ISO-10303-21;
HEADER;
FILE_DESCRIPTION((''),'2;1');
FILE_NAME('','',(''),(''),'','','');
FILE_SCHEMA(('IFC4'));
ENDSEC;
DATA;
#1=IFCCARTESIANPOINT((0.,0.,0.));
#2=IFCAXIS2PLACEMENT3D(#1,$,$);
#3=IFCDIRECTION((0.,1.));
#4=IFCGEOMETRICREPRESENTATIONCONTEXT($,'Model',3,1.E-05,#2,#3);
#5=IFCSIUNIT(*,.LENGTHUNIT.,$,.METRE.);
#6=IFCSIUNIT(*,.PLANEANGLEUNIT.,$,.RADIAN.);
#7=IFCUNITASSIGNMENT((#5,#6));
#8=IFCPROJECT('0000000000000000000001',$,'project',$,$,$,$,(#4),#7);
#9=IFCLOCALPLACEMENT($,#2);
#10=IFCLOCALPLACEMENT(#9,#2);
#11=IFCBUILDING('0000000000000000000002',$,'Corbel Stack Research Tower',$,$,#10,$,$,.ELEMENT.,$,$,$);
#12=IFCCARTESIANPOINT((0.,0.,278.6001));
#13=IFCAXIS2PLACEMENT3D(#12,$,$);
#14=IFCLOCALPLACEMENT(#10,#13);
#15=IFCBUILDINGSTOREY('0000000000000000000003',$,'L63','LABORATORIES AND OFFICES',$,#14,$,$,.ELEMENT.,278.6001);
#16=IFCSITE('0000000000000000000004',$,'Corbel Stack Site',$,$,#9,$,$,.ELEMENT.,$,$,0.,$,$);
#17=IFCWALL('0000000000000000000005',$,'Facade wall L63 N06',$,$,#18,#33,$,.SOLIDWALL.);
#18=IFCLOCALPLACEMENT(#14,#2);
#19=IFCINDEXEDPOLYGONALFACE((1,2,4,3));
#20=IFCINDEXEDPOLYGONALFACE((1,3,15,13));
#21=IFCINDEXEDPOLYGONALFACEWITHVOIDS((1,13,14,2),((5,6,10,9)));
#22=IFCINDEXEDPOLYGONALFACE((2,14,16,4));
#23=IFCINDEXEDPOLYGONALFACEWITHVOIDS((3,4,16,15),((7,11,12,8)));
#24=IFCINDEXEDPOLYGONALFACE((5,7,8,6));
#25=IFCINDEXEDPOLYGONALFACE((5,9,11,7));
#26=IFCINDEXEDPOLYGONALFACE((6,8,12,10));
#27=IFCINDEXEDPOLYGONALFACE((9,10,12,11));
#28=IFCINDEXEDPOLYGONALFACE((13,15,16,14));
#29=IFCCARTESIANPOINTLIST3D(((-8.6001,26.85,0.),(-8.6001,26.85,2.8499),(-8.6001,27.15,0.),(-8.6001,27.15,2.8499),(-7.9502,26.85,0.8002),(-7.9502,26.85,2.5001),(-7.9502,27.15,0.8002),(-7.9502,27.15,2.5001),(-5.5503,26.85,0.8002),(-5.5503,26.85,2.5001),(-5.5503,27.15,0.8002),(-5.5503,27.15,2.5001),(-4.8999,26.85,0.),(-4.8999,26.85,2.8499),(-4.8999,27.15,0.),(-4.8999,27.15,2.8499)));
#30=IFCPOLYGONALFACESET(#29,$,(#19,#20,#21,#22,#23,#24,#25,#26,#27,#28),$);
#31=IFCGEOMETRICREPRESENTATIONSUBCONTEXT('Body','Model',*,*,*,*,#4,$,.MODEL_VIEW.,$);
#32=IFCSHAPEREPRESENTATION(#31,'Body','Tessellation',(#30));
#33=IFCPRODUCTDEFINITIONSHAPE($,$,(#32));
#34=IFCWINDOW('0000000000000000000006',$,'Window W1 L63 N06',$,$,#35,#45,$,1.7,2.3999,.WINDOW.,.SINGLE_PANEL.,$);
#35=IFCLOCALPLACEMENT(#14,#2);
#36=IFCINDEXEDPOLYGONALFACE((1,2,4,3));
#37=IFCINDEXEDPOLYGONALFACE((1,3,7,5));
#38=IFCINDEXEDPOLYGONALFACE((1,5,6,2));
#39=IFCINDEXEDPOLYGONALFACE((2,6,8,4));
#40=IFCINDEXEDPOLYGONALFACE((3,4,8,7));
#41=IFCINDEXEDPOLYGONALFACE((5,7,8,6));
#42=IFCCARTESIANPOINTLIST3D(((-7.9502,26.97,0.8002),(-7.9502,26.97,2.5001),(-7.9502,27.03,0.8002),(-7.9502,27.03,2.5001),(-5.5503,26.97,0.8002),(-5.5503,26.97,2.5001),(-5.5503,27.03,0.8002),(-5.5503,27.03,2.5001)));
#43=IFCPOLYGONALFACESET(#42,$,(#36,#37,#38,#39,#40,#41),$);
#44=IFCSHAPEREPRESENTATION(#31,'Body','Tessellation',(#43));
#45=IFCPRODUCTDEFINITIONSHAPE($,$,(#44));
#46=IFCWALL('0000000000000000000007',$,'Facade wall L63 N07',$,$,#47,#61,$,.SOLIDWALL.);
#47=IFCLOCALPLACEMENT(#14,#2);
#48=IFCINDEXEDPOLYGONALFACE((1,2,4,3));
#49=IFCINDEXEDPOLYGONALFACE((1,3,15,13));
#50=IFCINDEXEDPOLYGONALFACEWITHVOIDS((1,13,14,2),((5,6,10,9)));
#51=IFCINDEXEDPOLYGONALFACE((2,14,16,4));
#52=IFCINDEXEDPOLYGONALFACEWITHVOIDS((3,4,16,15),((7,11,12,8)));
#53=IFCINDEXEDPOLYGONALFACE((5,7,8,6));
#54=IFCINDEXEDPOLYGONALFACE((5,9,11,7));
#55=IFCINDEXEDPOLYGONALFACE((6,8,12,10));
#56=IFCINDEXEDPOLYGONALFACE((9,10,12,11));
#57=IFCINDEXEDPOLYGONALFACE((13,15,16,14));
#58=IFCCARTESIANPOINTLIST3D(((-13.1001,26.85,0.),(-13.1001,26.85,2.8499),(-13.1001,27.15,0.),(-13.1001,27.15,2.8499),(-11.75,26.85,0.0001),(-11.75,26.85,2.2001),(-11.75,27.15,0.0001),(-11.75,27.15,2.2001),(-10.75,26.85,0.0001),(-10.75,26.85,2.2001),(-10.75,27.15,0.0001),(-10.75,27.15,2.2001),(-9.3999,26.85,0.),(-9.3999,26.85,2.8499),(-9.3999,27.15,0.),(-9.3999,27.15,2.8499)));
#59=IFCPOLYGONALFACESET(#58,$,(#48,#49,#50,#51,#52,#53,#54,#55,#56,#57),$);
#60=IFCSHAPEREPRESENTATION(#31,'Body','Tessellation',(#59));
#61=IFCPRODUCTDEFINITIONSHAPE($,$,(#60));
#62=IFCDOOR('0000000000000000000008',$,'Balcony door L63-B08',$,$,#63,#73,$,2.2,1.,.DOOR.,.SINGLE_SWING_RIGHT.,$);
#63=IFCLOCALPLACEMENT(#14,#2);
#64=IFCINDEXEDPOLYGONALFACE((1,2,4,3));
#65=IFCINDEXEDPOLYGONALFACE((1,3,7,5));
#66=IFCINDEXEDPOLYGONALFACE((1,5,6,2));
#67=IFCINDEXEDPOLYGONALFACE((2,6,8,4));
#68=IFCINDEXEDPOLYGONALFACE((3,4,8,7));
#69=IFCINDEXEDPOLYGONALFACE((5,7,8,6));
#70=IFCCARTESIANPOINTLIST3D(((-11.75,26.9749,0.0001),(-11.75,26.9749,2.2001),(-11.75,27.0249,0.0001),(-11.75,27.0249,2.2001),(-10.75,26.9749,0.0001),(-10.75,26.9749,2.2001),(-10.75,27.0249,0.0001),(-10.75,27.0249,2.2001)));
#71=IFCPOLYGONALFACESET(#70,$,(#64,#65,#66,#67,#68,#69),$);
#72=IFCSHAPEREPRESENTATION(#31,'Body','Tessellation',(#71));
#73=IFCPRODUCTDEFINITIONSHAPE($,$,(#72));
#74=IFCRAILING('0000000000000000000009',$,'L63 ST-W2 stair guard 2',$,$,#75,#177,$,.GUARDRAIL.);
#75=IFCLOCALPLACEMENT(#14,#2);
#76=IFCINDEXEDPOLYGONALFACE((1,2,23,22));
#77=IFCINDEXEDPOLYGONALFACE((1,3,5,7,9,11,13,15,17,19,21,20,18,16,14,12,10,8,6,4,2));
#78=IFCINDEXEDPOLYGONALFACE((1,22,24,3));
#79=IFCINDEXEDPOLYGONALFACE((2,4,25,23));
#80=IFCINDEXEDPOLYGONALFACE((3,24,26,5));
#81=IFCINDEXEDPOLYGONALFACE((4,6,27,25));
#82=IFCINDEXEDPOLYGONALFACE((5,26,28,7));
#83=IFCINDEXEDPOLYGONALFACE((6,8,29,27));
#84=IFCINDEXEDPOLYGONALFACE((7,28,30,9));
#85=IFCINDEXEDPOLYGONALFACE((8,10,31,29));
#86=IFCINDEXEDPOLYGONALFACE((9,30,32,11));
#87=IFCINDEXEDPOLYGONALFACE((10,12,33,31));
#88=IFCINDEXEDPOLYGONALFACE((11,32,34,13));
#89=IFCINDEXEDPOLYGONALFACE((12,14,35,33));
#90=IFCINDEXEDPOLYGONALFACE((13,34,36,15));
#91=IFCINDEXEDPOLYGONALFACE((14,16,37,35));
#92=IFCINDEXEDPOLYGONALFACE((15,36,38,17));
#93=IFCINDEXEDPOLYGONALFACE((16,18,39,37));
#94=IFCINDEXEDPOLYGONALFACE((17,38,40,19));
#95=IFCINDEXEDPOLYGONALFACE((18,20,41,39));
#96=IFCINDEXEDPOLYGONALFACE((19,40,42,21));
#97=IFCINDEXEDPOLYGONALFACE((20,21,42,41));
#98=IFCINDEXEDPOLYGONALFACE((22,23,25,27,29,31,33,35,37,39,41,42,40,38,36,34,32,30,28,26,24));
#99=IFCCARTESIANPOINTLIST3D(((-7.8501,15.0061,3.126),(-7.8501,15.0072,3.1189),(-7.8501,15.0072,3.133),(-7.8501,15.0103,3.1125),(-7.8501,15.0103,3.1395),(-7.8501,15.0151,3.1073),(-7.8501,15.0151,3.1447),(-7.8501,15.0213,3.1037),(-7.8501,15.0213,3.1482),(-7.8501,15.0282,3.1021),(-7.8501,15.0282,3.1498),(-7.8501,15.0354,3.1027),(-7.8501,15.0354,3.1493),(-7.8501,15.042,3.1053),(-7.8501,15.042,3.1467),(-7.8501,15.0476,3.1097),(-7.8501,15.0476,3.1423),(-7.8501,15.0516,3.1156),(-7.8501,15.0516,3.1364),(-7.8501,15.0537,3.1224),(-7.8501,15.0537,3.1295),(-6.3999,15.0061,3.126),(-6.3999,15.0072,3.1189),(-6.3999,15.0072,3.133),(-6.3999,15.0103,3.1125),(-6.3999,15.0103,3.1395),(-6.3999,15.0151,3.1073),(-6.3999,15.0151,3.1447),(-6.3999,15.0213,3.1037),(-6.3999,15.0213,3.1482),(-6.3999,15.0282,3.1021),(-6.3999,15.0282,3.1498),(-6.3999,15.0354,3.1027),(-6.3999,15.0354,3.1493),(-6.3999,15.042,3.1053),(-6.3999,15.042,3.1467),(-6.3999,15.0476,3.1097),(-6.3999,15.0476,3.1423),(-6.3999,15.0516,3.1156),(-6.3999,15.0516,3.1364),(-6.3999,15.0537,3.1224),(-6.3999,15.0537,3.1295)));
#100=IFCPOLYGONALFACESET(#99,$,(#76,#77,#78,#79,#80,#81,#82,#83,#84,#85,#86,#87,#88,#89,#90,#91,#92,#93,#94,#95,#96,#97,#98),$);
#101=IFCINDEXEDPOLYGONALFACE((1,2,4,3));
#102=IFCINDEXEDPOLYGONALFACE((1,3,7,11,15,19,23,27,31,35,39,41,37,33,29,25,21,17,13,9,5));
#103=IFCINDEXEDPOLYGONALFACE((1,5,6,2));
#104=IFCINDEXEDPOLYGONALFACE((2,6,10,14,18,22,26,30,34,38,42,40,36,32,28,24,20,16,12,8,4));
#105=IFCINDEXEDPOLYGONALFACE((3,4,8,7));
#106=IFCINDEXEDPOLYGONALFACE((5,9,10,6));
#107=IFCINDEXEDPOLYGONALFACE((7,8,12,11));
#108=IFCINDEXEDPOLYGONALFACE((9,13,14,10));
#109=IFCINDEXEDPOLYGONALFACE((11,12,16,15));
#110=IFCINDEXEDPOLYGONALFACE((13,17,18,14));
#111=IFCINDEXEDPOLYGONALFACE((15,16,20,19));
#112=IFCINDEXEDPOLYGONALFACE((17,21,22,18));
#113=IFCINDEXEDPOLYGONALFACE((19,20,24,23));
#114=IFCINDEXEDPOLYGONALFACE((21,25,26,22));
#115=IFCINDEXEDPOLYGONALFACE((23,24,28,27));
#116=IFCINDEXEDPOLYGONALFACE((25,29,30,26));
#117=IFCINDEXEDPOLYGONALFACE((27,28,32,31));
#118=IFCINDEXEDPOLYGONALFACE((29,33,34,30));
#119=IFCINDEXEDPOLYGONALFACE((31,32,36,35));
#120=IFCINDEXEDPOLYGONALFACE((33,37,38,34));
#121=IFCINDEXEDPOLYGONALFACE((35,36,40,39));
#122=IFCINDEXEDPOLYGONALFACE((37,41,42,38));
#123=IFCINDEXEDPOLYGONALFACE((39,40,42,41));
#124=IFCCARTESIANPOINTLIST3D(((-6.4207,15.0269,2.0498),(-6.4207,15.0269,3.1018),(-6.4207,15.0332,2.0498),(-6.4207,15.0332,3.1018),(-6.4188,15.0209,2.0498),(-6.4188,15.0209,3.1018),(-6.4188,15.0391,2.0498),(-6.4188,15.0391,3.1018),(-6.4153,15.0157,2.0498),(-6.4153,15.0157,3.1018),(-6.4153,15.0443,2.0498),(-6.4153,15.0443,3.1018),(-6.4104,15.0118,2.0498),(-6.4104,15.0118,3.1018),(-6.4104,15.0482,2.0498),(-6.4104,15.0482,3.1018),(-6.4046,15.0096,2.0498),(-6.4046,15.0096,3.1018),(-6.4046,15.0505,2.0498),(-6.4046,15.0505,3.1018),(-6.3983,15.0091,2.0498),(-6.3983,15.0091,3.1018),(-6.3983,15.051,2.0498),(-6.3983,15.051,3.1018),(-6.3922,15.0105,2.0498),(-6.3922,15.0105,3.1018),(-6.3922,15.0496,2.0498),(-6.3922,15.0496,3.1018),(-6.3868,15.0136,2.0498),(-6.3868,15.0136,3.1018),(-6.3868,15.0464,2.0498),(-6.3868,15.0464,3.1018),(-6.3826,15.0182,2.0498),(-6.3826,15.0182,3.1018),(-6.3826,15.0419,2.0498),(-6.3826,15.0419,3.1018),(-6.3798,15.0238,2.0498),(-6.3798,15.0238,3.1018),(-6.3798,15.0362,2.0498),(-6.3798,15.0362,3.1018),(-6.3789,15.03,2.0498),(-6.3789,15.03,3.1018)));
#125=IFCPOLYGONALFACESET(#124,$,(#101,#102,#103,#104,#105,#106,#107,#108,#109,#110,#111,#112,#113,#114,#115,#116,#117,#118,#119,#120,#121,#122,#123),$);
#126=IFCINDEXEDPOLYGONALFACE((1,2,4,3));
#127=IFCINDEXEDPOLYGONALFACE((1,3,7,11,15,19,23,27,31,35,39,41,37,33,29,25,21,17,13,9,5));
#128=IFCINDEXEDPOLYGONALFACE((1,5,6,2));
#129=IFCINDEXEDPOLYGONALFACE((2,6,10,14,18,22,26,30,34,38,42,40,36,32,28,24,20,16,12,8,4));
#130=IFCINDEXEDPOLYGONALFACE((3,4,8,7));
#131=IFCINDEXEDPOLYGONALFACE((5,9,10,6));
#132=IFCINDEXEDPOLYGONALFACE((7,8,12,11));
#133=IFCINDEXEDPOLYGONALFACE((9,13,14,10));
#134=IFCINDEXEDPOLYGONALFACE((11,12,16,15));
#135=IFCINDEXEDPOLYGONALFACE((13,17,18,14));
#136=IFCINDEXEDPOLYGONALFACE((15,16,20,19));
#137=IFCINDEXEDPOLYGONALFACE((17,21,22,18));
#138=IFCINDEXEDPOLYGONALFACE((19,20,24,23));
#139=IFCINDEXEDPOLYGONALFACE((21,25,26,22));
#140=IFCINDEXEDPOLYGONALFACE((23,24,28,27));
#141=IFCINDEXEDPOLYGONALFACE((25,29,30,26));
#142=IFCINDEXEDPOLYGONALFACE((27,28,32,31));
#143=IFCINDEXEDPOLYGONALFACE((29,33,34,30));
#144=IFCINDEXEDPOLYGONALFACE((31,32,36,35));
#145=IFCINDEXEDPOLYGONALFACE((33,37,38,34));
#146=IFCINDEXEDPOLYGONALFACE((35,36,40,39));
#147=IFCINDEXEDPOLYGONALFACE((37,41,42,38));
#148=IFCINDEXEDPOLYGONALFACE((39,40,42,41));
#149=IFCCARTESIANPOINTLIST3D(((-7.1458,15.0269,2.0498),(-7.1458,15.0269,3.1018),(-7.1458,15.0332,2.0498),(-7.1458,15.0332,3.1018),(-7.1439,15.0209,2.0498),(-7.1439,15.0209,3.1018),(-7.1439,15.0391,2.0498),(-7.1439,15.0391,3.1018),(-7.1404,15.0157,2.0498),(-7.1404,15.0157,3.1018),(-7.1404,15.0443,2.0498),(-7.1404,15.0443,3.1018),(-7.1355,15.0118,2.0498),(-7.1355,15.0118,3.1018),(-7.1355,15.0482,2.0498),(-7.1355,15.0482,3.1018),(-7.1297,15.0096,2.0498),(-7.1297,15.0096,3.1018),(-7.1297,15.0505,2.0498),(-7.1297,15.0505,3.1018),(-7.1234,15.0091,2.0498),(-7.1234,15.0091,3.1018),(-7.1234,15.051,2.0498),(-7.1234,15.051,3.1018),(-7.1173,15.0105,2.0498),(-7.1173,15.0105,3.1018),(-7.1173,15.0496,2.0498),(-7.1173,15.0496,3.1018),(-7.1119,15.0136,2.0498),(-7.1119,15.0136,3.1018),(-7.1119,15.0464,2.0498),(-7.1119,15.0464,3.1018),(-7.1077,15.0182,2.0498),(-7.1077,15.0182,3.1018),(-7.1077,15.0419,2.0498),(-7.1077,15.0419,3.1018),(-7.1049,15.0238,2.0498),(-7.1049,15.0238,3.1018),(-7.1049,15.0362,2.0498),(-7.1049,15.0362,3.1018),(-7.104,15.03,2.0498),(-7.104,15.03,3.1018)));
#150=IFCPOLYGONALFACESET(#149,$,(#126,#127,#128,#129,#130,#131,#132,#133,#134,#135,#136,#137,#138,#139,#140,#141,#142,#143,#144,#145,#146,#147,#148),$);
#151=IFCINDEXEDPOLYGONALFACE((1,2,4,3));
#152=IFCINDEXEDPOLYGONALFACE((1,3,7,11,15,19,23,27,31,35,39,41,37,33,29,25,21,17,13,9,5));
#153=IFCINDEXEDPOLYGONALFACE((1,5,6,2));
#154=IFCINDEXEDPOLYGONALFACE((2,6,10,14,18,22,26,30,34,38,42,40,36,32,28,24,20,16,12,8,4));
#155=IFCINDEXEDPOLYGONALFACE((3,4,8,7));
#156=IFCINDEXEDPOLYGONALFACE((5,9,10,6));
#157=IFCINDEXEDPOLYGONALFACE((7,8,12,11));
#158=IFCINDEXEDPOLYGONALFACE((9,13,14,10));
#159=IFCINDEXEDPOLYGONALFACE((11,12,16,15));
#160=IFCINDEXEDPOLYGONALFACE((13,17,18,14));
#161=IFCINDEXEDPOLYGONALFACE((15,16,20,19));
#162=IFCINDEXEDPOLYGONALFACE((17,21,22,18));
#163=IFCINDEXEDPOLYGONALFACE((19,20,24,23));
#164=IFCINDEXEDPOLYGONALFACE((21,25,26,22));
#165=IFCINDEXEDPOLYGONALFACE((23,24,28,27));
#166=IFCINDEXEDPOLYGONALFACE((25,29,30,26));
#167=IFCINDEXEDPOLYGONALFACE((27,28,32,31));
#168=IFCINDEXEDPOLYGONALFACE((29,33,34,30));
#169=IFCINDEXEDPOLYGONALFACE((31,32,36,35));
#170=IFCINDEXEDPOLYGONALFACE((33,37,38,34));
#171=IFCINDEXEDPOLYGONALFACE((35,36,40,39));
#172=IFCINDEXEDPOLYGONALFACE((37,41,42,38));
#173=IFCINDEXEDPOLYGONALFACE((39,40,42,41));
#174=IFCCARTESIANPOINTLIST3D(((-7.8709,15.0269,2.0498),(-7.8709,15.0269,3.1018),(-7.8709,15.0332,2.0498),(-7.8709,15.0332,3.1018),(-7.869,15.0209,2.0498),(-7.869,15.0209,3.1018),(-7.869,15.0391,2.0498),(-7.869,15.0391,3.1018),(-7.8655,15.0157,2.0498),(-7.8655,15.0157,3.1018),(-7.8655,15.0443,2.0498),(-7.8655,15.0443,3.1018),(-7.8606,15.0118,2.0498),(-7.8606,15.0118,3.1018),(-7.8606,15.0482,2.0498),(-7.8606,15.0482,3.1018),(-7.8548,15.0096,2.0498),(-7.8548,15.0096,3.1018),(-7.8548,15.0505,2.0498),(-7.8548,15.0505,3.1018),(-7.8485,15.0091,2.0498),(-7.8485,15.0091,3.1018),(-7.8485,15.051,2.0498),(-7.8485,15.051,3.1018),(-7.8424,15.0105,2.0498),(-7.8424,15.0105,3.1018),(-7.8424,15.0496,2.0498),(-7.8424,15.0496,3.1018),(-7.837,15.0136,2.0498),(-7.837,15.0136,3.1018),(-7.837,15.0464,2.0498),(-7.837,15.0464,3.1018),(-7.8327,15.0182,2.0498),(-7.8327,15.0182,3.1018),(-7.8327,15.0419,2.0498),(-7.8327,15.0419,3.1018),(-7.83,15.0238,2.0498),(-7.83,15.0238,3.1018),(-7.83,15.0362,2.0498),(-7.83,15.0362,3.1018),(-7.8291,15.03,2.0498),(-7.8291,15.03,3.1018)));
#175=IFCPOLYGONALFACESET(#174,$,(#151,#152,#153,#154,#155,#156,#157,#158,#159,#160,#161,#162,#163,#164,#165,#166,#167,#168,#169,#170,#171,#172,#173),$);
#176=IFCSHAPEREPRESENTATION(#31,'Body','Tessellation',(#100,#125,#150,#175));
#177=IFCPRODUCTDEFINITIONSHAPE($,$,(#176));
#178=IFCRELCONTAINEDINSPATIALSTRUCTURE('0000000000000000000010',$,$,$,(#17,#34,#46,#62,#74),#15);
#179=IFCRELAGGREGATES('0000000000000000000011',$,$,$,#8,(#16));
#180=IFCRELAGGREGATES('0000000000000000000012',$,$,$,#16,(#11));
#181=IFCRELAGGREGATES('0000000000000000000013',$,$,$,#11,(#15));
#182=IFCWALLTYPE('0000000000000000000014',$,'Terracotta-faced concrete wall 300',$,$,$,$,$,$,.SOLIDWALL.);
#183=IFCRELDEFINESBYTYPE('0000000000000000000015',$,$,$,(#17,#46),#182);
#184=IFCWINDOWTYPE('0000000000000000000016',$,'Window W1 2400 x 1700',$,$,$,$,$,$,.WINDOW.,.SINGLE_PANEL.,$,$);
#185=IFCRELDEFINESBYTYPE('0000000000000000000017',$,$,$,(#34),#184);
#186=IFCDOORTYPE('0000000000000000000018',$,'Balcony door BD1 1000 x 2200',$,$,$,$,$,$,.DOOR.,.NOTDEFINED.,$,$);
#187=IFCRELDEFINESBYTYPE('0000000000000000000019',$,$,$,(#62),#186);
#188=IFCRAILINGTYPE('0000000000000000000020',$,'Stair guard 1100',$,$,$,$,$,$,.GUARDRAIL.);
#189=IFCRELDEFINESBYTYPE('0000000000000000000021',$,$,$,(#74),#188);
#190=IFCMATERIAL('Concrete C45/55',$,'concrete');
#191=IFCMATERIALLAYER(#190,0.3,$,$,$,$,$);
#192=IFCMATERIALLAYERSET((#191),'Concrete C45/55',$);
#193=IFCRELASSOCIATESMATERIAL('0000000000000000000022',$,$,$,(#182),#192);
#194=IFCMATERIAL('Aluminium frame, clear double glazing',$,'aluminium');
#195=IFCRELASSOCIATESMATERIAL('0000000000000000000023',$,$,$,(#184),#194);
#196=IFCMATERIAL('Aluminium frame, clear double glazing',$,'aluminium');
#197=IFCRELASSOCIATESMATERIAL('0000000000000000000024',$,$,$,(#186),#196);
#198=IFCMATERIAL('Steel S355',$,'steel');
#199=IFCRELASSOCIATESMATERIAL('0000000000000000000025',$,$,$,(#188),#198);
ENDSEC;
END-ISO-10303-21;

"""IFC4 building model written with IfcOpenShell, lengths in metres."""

from ifc_helpers import new_model, si_unit, direction, frame, frame_2d, origin, origin_2d, place, context, subcontext, project, spatial, rectangle, circle, extrude, material, layer, layer_set, type_object, element, fill, save


model = new_model("IFC4")

# Units and contexts
model_context = context("Model", 3, precision=1e-05, world=origin(), true_north=direction((0.0, 1.0)))
body_context = subcontext(model_context, "Body", "Model", "MODEL_VIEW")
ifc_project = project(units=[si_unit("LENGTHUNIT", "METRE"), si_unit("PLANEANGLEUNIT", "RADIAN")], contexts=[model_context])

# Site, building, storey
site_placement = place(None, origin())
site = spatial("IfcSite", under=ifc_project, at=site_placement, Name="Corbel Stack Site", CompositionType="ELEMENT", RefElevation=0.0)
building_placement = place(site_placement, origin())
building = spatial("IfcBuilding", under=site, at=building_placement, Name="Corbel Stack Research Tower", CompositionType="ELEMENT")
storey_placement = place(building_placement, frame((0.0, 0.0, 278.6001)))
storey = spatial("IfcBuildingStorey", under=building, at=storey_placement, Name="L63", Description="LABORATORIES AND OFFICES", CompositionType="ELEMENT", Elevation=278.6001)

# Wall, opening, window
ifc_material_1 = material(Name="Concrete C45/55", Category="concrete")
ifc_layer_1 = layer(ifc_material_1, 0.3)
ifc_layer_set_1 = layer_set([ifc_layer_1], Name="Concrete C45/55")
wall_type_1 = type_object("IfcWallType", Name="Terracotta-faced concrete wall 300", PredefinedType="SOLIDWALL", material=ifc_layer_set_1)
ifc_material_2 = material(Name="Aluminium frame, clear double glazing", Category="aluminium")
window_type = type_object("IfcWindowType", Name="Window W1 2400 x 1700", PartitioningType="SINGLE_PANEL", PredefinedType="WINDOW", material=ifc_material_2)
wall_1_placement = place(storey_placement, frame((-8.6001, 27.0, 0.0), z_axis=(0.0, 0.0, 1.0), x_axis=(1.0, 0.0, 0.0)))
wall_1 = element("IfcWall", 1, at=wall_1_placement, inside=storey, type_object=wall_type_1, Name="Facade wall L63 N06", PredefinedType="SOLIDWALL", context=body_context, shape_type="SweptSolid", body=[
    extrude(rectangle(XDim=3.7002, YDim=0.3, at=frame_2d((1.8501, 0.0))), origin(), (0.0, 0.0, 1.0), 2.8499),
])
opening_1_placement = place(wall_1_placement, frame((0.6499, 0.0, 0.8)))
opening_1 = element("IfcOpeningElement", 2, at=opening_1_placement, cuts=wall_1, PredefinedType="OPENING", context=body_context, shape_type="SweptSolid", body=[
    extrude(rectangle(XDim=2.3999, YDim=1.7, at=frame_2d((1.2, 0.8501))), frame((0.0, 0.1599, 0.0), z_axis=(0.0, -1.0, 0.0), x_axis=(1.0, 0.0, 0.0)), (0.0, 0.0, 1.0), 0.3201),
])
window_1_placement = place(opening_1_placement, origin())
window_1 = element("IfcWindow", 3, at=window_1_placement, inside=storey, type_object=window_type, Name="Window W1 L63 N06", OverallHeight=1.7, OverallWidth=2.3999, PartitioningType="SINGLE_PANEL", PredefinedType="WINDOW", context=body_context, shape_type="SweptSolid", body=[
    extrude(rectangle(XDim=2.3999, YDim=1.7, at=frame_2d((1.2, 0.8501))), frame((0.0, 0.03, 0.0), z_axis=(0.0, -1.0, 0.0), x_axis=(1.0, 0.0, 0.0)), (0.0, 0.0, 1.0), 0.0601),
])
fill(opening_1, window_1)

# Wall, opening, door
wall_2_placement = place(storey_placement, frame((-13.1001, 27.0, 0.0), z_axis=(0.0, 0.0, 1.0), x_axis=(1.0, 0.0, 0.0)))
wall_2 = element("IfcWall", 4, at=wall_2_placement, inside=storey, type_object=wall_type_1, Name="Facade wall L63 N07", PredefinedType="SOLIDWALL", context=body_context, shape_type="SweptSolid", body=[
    extrude(rectangle(XDim=3.7002, YDim=0.3, at=frame_2d((1.8501, 0.0))), origin(), (0.0, 0.0, 1.0), 2.8499),
])
opening_2_placement = place(wall_2_placement, frame((1.3501, 0.0, 0.0)))
opening_2 = element("IfcOpeningElement", 5, at=opening_2_placement, cuts=wall_2, PredefinedType="OPENING", context=body_context, shape_type="SweptSolid", body=[
    extrude(rectangle(XDim=1.0, YDim=2.2, at=frame_2d((0.5, 1.1001))), frame((0.0, 0.1599, 0.0), z_axis=(0.0, -1.0, 0.0), x_axis=(1.0, 0.0, 0.0)), (0.0, 0.0, 1.0), 0.3201),
])
ifc_material_3 = material(Name="Aluminium frame, clear double glazing", Category="aluminium")
door_type = type_object("IfcDoorType", Name="Balcony door BD1 1000 x 2200", OperationType="NOTDEFINED", PredefinedType="DOOR", material=ifc_material_3)
door_placement = place(opening_2_placement, origin())
door = element("IfcDoor", 6, at=door_placement, inside=storey, type_object=door_type, Name="Balcony door L63-B08", OperationType="SINGLE_SWING_RIGHT", OverallHeight=2.2, OverallWidth=1.0, PredefinedType="DOOR", context=body_context, shape_type="SweptSolid", body=[
    extrude(rectangle(XDim=1.0, YDim=2.2, at=frame_2d((0.5, 1.1001))), frame((0.0, 0.0249, 0.0), z_axis=(0.0, -1.0, 0.0), x_axis=(1.0, 0.0, 0.0)), (0.0, 0.0, 1.0), 0.05),
])
fill(opening_2, door)

# Railing
ifc_material_4 = material(Name="Steel S355", Category="steel")
railing_type = type_object("IfcRailingType", Name="Stair guard 1100", PredefinedType="GUARDRAIL", material=ifc_material_4)
railing_1_placement = place(storey_placement, frame((-6.3999, 15.03, 2.0498)))
element("IfcRailing", 7, at=railing_1_placement, inside=storey, type_object=railing_type, Name="L63 ST-W2 stair guard 2", PredefinedType="GUARDRAIL", context=body_context, shape_type="SweptSolid", body=[
    extrude(circle(Radius=0.0239, at=origin_2d()), frame((0.0, 0.0, 1.0762), z_axis=(-1.0, 0.0, 0.0), x_axis=(0.0, -1.0, 0.0)), (0.0, 0.0, 1.0), 1.4502),
    extrude(circle(Radius=0.021, at=origin_2d()), origin(), (0.0, 0.0, 1.0), 1.052),
    extrude(circle(Radius=0.021, at=origin_2d()), frame((-0.7251, 0.0, 0.0)), (0.0, 0.0, 1.0), 1.052),
    extrude(circle(Radius=0.021, at=origin_2d()), frame((-1.4502, 0.0, 0.0)), (0.0, 0.0, 1.0), 1.052),
])

save(model, "model.ifc")
